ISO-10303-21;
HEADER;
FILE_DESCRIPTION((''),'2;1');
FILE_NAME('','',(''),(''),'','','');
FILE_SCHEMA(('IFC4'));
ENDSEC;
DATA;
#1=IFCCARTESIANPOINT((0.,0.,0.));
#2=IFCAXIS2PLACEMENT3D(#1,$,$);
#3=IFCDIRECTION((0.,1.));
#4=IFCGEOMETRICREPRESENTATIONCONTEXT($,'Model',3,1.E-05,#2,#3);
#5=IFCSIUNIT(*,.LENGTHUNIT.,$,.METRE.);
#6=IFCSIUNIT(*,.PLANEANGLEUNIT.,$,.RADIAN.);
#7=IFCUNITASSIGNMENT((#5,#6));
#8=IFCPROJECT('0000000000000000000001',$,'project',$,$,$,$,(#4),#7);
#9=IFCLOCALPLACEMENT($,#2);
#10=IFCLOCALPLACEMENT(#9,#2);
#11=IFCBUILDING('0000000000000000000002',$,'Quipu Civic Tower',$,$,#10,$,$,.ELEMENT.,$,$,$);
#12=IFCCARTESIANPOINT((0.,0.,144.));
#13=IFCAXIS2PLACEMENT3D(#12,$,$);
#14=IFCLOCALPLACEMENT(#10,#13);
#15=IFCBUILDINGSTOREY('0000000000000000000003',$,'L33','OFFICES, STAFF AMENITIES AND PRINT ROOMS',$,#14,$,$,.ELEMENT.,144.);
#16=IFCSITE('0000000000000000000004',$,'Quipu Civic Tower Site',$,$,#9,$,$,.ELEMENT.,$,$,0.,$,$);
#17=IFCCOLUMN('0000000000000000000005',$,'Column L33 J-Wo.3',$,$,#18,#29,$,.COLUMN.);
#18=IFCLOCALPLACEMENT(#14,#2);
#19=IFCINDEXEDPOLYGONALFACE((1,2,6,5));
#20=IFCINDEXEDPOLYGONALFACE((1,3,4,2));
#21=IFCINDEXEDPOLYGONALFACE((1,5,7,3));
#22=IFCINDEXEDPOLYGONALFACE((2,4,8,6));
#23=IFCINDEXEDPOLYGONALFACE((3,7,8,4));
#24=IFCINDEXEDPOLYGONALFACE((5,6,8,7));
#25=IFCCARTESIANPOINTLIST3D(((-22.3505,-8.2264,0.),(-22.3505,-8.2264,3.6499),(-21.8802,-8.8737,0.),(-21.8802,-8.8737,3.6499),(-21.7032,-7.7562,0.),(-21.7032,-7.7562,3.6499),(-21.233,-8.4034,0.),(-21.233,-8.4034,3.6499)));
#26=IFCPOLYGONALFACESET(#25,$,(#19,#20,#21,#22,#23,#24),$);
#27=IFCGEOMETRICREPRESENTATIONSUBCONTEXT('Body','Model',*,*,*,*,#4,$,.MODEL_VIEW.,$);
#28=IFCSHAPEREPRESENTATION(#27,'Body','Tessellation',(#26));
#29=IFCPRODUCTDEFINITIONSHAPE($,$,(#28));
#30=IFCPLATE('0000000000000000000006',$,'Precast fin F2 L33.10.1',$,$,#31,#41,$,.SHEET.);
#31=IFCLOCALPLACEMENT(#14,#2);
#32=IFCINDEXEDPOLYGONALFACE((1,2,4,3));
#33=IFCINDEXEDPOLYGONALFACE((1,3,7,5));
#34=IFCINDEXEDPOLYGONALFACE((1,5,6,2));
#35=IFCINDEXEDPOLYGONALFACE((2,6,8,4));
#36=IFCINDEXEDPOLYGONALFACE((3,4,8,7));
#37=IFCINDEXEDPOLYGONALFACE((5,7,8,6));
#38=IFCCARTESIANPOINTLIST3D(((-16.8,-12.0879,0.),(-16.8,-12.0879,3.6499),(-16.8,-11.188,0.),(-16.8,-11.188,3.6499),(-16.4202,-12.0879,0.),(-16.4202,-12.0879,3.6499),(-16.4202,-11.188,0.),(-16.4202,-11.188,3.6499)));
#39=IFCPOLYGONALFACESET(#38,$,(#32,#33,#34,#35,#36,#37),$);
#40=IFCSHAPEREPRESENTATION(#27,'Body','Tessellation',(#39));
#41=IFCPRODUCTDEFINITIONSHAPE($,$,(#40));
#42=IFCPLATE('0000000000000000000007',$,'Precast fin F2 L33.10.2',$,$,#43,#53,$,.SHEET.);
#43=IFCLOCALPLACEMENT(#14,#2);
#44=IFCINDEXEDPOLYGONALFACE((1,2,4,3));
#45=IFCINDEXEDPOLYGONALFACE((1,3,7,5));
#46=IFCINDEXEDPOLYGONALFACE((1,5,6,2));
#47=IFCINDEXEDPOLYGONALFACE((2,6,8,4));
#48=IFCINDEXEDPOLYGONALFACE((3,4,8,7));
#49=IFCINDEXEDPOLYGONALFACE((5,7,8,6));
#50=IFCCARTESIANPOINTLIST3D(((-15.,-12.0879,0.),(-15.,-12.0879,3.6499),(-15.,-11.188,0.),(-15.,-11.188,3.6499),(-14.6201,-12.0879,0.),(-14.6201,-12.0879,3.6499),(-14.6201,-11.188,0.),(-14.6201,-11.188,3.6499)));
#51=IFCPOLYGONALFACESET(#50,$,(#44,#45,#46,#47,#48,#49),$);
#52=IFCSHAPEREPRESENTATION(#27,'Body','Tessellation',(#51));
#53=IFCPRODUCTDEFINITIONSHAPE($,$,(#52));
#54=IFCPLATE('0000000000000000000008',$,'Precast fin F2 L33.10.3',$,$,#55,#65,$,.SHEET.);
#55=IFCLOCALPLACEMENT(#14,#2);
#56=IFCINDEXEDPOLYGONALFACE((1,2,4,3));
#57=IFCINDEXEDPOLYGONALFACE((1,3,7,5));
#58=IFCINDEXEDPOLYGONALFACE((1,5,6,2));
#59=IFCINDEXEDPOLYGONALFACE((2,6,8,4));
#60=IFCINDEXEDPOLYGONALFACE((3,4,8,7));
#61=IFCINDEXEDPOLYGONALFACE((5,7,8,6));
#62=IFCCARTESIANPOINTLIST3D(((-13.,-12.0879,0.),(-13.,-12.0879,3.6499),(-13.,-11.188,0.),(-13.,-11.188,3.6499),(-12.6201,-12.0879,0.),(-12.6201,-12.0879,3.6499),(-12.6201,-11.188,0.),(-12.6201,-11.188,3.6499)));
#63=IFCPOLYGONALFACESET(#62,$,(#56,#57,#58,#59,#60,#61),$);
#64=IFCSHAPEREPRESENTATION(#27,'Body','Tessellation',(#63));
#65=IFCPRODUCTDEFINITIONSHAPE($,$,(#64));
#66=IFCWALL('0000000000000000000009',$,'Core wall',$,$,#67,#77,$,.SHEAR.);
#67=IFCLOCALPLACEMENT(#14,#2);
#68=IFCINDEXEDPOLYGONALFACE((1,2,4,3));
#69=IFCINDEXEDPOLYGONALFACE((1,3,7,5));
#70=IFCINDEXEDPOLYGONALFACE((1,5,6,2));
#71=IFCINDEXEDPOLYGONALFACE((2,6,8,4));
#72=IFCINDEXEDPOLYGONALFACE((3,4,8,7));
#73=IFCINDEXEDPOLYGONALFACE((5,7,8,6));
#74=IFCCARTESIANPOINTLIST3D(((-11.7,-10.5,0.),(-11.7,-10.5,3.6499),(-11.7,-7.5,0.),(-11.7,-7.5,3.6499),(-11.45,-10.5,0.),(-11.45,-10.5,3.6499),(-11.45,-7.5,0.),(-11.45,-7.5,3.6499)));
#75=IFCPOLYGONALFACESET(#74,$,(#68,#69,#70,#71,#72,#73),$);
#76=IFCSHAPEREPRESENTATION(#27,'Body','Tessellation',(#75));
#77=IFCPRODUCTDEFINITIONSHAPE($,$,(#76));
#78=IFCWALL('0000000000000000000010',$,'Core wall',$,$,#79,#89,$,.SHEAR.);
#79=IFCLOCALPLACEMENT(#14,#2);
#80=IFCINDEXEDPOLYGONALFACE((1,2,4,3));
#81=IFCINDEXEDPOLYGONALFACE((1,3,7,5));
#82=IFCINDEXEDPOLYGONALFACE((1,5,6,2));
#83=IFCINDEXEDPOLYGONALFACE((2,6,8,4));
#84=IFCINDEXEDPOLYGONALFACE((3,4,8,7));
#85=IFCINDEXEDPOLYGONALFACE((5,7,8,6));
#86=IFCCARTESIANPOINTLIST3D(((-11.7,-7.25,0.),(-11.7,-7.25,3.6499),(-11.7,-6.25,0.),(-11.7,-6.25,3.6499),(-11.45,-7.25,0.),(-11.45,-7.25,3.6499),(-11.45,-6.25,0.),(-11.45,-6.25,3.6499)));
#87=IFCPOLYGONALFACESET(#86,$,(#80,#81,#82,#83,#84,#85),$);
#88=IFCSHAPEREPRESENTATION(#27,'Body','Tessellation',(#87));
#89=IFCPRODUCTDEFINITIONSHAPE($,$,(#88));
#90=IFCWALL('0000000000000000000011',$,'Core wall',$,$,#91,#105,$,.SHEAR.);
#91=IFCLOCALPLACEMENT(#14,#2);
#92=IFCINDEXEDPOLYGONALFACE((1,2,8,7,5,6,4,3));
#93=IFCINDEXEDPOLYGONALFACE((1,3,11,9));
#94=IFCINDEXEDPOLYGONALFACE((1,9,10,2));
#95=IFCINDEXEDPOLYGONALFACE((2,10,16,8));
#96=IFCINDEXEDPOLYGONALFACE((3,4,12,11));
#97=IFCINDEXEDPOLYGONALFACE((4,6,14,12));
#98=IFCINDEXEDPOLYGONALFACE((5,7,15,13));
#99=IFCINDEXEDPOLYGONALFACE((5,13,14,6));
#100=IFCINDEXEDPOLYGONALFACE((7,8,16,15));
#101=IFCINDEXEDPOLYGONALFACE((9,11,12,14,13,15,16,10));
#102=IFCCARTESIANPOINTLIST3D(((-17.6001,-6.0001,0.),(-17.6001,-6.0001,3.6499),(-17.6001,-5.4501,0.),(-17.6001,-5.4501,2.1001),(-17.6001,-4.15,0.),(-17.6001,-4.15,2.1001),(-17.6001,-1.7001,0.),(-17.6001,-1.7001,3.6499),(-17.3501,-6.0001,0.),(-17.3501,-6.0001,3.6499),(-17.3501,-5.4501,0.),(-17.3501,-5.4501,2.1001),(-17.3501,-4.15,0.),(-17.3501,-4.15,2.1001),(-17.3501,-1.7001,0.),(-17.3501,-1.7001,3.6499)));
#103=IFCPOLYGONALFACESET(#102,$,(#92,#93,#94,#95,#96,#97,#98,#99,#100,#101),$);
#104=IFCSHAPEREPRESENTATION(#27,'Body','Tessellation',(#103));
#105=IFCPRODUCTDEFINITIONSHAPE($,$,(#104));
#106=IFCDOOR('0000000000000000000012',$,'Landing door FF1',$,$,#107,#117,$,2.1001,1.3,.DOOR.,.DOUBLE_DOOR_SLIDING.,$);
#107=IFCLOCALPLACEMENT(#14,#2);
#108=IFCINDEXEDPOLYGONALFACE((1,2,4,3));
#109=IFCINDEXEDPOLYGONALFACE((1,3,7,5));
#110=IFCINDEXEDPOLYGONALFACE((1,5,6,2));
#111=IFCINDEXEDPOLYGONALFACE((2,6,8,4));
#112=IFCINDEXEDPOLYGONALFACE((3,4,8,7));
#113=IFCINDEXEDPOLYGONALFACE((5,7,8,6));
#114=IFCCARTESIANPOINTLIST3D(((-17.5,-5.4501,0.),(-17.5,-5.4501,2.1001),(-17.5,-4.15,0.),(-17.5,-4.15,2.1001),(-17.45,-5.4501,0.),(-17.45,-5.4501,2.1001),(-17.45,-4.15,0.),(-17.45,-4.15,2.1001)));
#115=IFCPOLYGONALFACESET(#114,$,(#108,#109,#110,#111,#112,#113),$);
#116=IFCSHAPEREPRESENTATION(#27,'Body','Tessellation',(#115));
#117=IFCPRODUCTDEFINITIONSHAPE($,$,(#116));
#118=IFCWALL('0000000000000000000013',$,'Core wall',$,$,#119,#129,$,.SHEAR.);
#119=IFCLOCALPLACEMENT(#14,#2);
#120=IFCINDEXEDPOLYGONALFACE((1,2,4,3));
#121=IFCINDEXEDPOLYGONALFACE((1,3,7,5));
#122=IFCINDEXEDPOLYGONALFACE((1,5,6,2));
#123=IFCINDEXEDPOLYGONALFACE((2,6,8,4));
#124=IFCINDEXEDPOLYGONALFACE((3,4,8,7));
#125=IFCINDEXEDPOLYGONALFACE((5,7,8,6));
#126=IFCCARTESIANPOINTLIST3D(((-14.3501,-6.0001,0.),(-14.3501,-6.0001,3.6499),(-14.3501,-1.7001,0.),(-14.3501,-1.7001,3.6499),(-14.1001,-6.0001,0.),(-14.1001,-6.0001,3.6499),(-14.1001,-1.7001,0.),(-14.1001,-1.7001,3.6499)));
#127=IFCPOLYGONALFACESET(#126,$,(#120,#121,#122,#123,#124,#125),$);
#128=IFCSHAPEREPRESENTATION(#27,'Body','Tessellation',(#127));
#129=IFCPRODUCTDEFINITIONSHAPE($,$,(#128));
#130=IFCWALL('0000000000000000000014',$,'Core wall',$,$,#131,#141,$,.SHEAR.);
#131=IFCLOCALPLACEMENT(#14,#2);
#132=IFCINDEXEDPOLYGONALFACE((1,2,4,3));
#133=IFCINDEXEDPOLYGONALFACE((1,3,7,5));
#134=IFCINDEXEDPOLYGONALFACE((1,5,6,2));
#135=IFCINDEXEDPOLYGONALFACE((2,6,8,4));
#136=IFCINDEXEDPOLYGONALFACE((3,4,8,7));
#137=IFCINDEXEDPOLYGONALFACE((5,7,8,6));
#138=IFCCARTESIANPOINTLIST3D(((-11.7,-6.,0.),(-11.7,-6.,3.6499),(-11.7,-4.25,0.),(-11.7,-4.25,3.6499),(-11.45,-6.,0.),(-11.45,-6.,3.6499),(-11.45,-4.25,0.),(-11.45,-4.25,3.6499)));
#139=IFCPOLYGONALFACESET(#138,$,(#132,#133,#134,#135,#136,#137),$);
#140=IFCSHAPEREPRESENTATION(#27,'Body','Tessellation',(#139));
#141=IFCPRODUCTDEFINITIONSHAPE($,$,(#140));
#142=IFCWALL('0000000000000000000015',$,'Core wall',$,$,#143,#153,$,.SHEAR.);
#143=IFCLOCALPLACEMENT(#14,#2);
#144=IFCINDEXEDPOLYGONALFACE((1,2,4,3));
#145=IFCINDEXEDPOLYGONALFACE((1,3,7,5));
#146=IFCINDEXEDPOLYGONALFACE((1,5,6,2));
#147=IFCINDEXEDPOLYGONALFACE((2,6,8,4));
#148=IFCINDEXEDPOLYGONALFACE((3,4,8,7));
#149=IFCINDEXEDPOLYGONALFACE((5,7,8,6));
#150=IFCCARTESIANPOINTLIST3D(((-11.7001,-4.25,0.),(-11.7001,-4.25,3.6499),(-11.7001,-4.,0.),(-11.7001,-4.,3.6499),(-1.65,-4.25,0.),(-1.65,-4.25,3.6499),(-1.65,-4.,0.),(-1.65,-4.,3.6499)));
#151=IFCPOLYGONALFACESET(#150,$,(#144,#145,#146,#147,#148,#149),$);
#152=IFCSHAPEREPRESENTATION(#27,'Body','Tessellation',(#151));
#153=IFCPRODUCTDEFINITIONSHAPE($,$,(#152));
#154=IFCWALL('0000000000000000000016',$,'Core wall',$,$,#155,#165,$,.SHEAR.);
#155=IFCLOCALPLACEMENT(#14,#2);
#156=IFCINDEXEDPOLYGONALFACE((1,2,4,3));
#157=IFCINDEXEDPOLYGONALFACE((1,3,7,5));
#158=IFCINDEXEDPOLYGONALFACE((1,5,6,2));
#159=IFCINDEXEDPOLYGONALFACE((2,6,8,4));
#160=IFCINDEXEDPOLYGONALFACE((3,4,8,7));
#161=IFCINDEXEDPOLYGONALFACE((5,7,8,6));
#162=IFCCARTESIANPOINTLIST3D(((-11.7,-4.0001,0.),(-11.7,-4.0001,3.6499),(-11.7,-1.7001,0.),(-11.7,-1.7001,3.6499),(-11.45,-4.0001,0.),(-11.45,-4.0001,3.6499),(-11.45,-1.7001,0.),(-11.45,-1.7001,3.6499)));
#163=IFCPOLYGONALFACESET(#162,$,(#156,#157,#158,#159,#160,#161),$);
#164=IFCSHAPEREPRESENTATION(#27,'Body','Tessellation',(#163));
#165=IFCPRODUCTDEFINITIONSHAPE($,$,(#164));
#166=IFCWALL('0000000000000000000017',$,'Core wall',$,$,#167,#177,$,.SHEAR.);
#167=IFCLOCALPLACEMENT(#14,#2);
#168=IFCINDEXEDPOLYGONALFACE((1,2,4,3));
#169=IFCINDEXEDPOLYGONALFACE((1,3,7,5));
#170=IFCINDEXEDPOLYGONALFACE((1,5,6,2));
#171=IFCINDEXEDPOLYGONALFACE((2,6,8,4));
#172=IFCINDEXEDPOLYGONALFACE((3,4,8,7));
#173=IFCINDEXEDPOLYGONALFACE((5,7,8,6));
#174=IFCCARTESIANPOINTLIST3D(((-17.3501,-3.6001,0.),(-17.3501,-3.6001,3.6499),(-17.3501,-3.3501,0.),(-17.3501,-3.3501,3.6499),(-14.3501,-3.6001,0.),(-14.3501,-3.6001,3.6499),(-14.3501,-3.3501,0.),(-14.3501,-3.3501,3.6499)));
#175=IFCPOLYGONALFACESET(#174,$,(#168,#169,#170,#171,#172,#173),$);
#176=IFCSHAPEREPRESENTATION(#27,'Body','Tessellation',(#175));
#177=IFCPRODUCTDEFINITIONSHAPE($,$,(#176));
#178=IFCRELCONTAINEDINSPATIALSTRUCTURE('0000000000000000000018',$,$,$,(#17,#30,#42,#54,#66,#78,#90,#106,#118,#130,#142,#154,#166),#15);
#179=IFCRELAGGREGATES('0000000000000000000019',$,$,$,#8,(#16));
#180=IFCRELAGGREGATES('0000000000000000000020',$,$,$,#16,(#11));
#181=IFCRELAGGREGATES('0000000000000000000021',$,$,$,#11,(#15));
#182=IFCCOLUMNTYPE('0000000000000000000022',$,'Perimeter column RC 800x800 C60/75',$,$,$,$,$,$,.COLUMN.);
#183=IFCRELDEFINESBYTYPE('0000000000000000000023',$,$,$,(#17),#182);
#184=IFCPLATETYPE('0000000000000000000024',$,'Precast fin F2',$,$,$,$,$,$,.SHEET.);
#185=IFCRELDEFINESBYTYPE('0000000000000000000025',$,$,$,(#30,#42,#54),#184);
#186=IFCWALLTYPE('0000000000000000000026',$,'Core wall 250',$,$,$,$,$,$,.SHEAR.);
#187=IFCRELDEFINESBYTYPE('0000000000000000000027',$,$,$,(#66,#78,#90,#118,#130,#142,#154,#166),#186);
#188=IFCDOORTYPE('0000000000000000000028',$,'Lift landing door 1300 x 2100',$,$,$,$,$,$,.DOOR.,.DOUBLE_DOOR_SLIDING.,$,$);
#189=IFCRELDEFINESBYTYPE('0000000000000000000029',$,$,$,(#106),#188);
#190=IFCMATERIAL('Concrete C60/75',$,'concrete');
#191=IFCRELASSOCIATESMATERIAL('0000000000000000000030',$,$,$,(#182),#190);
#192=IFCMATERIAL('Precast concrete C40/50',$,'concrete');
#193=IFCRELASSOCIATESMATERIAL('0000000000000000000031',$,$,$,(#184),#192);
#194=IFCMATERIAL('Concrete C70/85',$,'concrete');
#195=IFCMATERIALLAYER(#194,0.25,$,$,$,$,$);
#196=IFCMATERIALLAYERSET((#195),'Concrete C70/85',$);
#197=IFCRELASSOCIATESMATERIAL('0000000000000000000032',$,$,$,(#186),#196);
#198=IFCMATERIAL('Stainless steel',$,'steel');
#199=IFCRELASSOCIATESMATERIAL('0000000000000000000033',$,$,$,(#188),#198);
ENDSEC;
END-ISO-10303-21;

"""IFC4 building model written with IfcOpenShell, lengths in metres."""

from ifc_helpers import new_model, si_unit, direction, frame, frame_2d, origin, origin_2d, place, context, subcontext, project, spatial, rectangle, extrude, material, layer, layer_set, material_profile, profile_set, type_object, element, fill, save


model = new_model("IFC4")

# Units and contexts
model_context = context("Model", 3, precision=1e-05, world=origin(), true_north=direction((0.0, 1.0)))
body_context = subcontext(model_context, "Body", "Model", "MODEL_VIEW")
ifc_project = project(units=[si_unit("LENGTHUNIT", "METRE"), si_unit("PLANEANGLEUNIT", "RADIAN")], contexts=[model_context])

# Site, building, storey
site_placement = place(None, origin())
site = spatial("IfcSite", under=ifc_project, at=site_placement, Name="Quipu Civic Tower Site", CompositionType="ELEMENT", RefElevation=0.0)
building_placement = place(site_placement, origin())
building = spatial("IfcBuilding", under=site, at=building_placement, Name="Quipu Civic Tower", CompositionType="ELEMENT")
storey_placement = place(building_placement, frame((0.0, 0.0, 144.0)))
storey = spatial("IfcBuildingStorey", under=building, at=storey_placement, Name="L33", Description="OFFICES, STAFF AMENITIES AND PRINT ROOMS", CompositionType="ELEMENT", Elevation=144.0)

# Column
ifc_material_1 = material(Name="Concrete C60/75", Category="concrete")
ifc_material_profile = material_profile(ifc_material_1, rectangle(XDim=0.8, YDim=0.8, at=origin_2d()), Name="RC800x800")
ifc_profile_set = profile_set([ifc_material_profile], Name="Concrete C60/75")
column_type = type_object("IfcColumnType", Name="Perimeter column RC 800x800 C60/75", PredefinedType="COLUMN", material=ifc_profile_set)
column_placement = place(storey_placement, frame((-21.7917, -8.3149, 0.0), z_axis=(0.0, 0.0, 1.0), x_axis=(0.587785, -0.809017, 0.0)))
element("IfcColumn", 1, at=column_placement, inside=storey, type_object=column_type, Name="Column L33 J-Wo.3", PredefinedType="COLUMN", context=body_context, shape_type="SweptSolid", body=[
    extrude(rectangle(XDim=0.8, YDim=0.8, at=origin_2d()), origin(), (0.0, 0.0, 1.0), 3.6499),
])

# Plates
ifc_material_2 = material(Name="Precast concrete C40/50", Category="concrete")
plate_type = type_object("IfcPlateType", Name="Precast fin F2", PredefinedType="SHEET", material=ifc_material_2)
for number, where, z_axis, x_axis, name in (
    (2, (-16.6101, -11.6379, 0.0), (0.0, 0.0, 1.0), (1.0, 0.0, 0.0), "Precast fin F2 L33.10.1"),
    (3, (-14.8101, -11.6379, 0.0), (0.0, 0.0, 1.0), (1.0, 0.0, 0.0), "Precast fin F2 L33.10.2"),
    (4, (-12.8101, -11.6379, 0.0), (0.0, 0.0, 1.0), (1.0, 0.0, 0.0), "Precast fin F2 L33.10.3"),
):
    element("IfcPlate", number, at=place(storey_placement, frame(where, z_axis=z_axis, x_axis=x_axis)), inside=storey, type_object=plate_type, Name=name, PredefinedType="SHEET", context=body_context, shape_type="SweptSolid", body=[
        extrude(rectangle(XDim=0.3799, YDim=0.8999, at=origin_2d()), origin(), (0.0, 0.0, 1.0), 3.6499),
    ])

# Walls
ifc_material_3 = material(Name="Concrete C70/85", Category="concrete")
ifc_layer_1 = layer(ifc_material_3, 0.25)
ifc_layer_set_1 = layer_set([ifc_layer_1], Name="Concrete C70/85")
wall_type_1 = type_object("IfcWallType", Name="Core wall 250", PredefinedType="SHEAR", material=ifc_layer_set_1)
wall_1_placement = place(storey_placement, frame((-11.575, -10.5, 0.0), z_axis=(0.0, 0.0, 1.0), x_axis=(0.0, 1.0, 0.0)))
element("IfcWall", 5, at=wall_1_placement, inside=storey, type_object=wall_type_1, Name="Core wall", PredefinedType="SHEAR", context=body_context, shape_type="SweptSolid", body=[
    extrude(rectangle(XDim=3.0, YDim=0.25, at=frame_2d((1.5, 0.0))), origin(), (0.0, 0.0, 1.0), 3.6499),
])
wall_2_placement = place(storey_placement, frame((-11.575, -7.25, 0.0), z_axis=(0.0, 0.0, 1.0), x_axis=(0.0, 1.0, 0.0)))
element("IfcWall", 6, at=wall_2_placement, inside=storey, type_object=wall_type_1, Name="Core wall", PredefinedType="SHEAR", context=body_context, shape_type="SweptSolid", body=[
    extrude(rectangle(XDim=1.0, YDim=0.25, at=frame_2d((0.5, 0.0))), origin(), (0.0, 0.0, 1.0), 3.6499),
])

# Wall, opening, door
wall_3_placement = place(storey_placement, frame((-17.4751, -6.0, 0.0), z_axis=(0.0, 0.0, 1.0), x_axis=(0.0, 1.0, 0.0)))
wall_3 = element("IfcWall", 7, at=wall_3_placement, inside=storey, type_object=wall_type_1, Name="Core wall", PredefinedType="SHEAR", context=body_context, shape_type="SweptSolid", body=[
    extrude(rectangle(XDim=4.3, YDim=0.25, at=frame_2d((2.1499, 0.0))), origin(), (0.0, 0.0, 1.0), 3.6499),
])
opening_1_placement = place(wall_3_placement, frame((0.55, 0.0, 0.0)))
opening_1 = element("IfcOpeningElement", 8, at=opening_1_placement, cuts=wall_3, PredefinedType="OPENING", context=body_context, shape_type="SweptSolid", body=[
    extrude(rectangle(XDim=1.3, YDim=2.1001, at=frame_2d((0.6499, 1.05))), frame((0.0, 0.135, 0.0), z_axis=(0.0, -1.0, 0.0), x_axis=(1.0, 0.0, 0.0)), (0.0, 0.0, 1.0), 0.27),
])
ifc_material_4 = material(Name="Stainless steel", Category="steel")
door_type_1 = type_object("IfcDoorType", Name="Lift landing door 1300 x 2100", OperationType="DOUBLE_DOOR_SLIDING", PredefinedType="DOOR", material=ifc_material_4)
door_1_placement = place(opening_1_placement, origin())
door_1 = element("IfcDoor", 9, at=door_1_placement, inside=storey, type_object=door_type_1, Name="Landing door FF1", OperationType="DOUBLE_DOOR_SLIDING", OverallHeight=2.1001, OverallWidth=1.3, PredefinedType="DOOR", context=body_context, shape_type="SweptSolid", body=[
    extrude(rectangle(XDim=1.3, YDim=2.1001, at=frame_2d((0.6499, 1.05))), frame((0.0, 0.0249, 0.0), z_axis=(0.0, -1.0, 0.0), x_axis=(1.0, 0.0, 0.0)), (0.0, 0.0, 1.0), 0.05),
])
fill(opening_1, door_1)

# Walls
wall_4_placement = place(storey_placement, frame((-14.2251, -6.0, 0.0), z_axis=(0.0, 0.0, 1.0), x_axis=(0.0, 1.0, 0.0)))
element("IfcWall", 10, at=wall_4_placement, inside=storey, type_object=wall_type_1, Name="Core wall", PredefinedType="SHEAR", context=body_context, shape_type="SweptSolid", body=[
    extrude(rectangle(XDim=4.3, YDim=0.25, at=frame_2d((2.1499, 0.0))), origin(), (0.0, 0.0, 1.0), 3.6499),
])
wall_5_placement = place(storey_placement, frame((-11.575, -6.0, 0.0), z_axis=(0.0, 0.0, 1.0), x_axis=(0.0, 1.0, 0.0)))
element("IfcWall", 11, at=wall_5_placement, inside=storey, type_object=wall_type_1, Name="Core wall", PredefinedType="SHEAR", context=body_context, shape_type="SweptSolid", body=[
    extrude(rectangle(XDim=1.75, YDim=0.25, at=frame_2d((0.875, 0.0))), origin(), (0.0, 0.0, 1.0), 3.6499),
])
wall_6_placement = place(storey_placement, frame((-11.7, -4.125, 0.0), z_axis=(0.0, 0.0, 1.0), x_axis=(1.0, 0.0, 0.0)))
element("IfcWall", 12, at=wall_6_placement, inside=storey, type_object=wall_type_1, Name="Core wall", PredefinedType="SHEAR", context=body_context, shape_type="SweptSolid", body=[
    extrude(rectangle(XDim=10.05, YDim=0.25, at=frame_2d((5.0249, 0.0))), origin(), (0.0, 0.0, 1.0), 3.6499),
])
wall_7_placement = place(storey_placement, frame((-11.575, -4.0, 0.0), z_axis=(0.0, 0.0, 1.0), x_axis=(0.0, 1.0, 0.0)))
element("IfcWall", 13, at=wall_7_placement, inside=storey, type_object=wall_type_1, Name="Core wall", PredefinedType="SHEAR", context=body_context, shape_type="SweptSolid", body=[
    extrude(rectangle(XDim=2.3, YDim=0.25, at=frame_2d((1.1499, 0.0))), origin(), (0.0, 0.0, 1.0), 3.6499),
])
wall_8_placement = place(storey_placement, frame((-17.3501, -3.4751, 0.0), z_axis=(0.0, 0.0, 1.0), x_axis=(1.0, 0.0, 0.0)))
element("IfcWall", 14, at=wall_8_placement, inside=storey, type_object=wall_type_1, Name="Core wall", PredefinedType="SHEAR", context=body_context, shape_type="SweptSolid", body=[
    extrude(rectangle(XDim=3.0, YDim=0.25, at=frame_2d((1.5, 0.0))), origin(), (0.0, 0.0, 1.0), 3.6499),
])

save(model, "model.ifc")
